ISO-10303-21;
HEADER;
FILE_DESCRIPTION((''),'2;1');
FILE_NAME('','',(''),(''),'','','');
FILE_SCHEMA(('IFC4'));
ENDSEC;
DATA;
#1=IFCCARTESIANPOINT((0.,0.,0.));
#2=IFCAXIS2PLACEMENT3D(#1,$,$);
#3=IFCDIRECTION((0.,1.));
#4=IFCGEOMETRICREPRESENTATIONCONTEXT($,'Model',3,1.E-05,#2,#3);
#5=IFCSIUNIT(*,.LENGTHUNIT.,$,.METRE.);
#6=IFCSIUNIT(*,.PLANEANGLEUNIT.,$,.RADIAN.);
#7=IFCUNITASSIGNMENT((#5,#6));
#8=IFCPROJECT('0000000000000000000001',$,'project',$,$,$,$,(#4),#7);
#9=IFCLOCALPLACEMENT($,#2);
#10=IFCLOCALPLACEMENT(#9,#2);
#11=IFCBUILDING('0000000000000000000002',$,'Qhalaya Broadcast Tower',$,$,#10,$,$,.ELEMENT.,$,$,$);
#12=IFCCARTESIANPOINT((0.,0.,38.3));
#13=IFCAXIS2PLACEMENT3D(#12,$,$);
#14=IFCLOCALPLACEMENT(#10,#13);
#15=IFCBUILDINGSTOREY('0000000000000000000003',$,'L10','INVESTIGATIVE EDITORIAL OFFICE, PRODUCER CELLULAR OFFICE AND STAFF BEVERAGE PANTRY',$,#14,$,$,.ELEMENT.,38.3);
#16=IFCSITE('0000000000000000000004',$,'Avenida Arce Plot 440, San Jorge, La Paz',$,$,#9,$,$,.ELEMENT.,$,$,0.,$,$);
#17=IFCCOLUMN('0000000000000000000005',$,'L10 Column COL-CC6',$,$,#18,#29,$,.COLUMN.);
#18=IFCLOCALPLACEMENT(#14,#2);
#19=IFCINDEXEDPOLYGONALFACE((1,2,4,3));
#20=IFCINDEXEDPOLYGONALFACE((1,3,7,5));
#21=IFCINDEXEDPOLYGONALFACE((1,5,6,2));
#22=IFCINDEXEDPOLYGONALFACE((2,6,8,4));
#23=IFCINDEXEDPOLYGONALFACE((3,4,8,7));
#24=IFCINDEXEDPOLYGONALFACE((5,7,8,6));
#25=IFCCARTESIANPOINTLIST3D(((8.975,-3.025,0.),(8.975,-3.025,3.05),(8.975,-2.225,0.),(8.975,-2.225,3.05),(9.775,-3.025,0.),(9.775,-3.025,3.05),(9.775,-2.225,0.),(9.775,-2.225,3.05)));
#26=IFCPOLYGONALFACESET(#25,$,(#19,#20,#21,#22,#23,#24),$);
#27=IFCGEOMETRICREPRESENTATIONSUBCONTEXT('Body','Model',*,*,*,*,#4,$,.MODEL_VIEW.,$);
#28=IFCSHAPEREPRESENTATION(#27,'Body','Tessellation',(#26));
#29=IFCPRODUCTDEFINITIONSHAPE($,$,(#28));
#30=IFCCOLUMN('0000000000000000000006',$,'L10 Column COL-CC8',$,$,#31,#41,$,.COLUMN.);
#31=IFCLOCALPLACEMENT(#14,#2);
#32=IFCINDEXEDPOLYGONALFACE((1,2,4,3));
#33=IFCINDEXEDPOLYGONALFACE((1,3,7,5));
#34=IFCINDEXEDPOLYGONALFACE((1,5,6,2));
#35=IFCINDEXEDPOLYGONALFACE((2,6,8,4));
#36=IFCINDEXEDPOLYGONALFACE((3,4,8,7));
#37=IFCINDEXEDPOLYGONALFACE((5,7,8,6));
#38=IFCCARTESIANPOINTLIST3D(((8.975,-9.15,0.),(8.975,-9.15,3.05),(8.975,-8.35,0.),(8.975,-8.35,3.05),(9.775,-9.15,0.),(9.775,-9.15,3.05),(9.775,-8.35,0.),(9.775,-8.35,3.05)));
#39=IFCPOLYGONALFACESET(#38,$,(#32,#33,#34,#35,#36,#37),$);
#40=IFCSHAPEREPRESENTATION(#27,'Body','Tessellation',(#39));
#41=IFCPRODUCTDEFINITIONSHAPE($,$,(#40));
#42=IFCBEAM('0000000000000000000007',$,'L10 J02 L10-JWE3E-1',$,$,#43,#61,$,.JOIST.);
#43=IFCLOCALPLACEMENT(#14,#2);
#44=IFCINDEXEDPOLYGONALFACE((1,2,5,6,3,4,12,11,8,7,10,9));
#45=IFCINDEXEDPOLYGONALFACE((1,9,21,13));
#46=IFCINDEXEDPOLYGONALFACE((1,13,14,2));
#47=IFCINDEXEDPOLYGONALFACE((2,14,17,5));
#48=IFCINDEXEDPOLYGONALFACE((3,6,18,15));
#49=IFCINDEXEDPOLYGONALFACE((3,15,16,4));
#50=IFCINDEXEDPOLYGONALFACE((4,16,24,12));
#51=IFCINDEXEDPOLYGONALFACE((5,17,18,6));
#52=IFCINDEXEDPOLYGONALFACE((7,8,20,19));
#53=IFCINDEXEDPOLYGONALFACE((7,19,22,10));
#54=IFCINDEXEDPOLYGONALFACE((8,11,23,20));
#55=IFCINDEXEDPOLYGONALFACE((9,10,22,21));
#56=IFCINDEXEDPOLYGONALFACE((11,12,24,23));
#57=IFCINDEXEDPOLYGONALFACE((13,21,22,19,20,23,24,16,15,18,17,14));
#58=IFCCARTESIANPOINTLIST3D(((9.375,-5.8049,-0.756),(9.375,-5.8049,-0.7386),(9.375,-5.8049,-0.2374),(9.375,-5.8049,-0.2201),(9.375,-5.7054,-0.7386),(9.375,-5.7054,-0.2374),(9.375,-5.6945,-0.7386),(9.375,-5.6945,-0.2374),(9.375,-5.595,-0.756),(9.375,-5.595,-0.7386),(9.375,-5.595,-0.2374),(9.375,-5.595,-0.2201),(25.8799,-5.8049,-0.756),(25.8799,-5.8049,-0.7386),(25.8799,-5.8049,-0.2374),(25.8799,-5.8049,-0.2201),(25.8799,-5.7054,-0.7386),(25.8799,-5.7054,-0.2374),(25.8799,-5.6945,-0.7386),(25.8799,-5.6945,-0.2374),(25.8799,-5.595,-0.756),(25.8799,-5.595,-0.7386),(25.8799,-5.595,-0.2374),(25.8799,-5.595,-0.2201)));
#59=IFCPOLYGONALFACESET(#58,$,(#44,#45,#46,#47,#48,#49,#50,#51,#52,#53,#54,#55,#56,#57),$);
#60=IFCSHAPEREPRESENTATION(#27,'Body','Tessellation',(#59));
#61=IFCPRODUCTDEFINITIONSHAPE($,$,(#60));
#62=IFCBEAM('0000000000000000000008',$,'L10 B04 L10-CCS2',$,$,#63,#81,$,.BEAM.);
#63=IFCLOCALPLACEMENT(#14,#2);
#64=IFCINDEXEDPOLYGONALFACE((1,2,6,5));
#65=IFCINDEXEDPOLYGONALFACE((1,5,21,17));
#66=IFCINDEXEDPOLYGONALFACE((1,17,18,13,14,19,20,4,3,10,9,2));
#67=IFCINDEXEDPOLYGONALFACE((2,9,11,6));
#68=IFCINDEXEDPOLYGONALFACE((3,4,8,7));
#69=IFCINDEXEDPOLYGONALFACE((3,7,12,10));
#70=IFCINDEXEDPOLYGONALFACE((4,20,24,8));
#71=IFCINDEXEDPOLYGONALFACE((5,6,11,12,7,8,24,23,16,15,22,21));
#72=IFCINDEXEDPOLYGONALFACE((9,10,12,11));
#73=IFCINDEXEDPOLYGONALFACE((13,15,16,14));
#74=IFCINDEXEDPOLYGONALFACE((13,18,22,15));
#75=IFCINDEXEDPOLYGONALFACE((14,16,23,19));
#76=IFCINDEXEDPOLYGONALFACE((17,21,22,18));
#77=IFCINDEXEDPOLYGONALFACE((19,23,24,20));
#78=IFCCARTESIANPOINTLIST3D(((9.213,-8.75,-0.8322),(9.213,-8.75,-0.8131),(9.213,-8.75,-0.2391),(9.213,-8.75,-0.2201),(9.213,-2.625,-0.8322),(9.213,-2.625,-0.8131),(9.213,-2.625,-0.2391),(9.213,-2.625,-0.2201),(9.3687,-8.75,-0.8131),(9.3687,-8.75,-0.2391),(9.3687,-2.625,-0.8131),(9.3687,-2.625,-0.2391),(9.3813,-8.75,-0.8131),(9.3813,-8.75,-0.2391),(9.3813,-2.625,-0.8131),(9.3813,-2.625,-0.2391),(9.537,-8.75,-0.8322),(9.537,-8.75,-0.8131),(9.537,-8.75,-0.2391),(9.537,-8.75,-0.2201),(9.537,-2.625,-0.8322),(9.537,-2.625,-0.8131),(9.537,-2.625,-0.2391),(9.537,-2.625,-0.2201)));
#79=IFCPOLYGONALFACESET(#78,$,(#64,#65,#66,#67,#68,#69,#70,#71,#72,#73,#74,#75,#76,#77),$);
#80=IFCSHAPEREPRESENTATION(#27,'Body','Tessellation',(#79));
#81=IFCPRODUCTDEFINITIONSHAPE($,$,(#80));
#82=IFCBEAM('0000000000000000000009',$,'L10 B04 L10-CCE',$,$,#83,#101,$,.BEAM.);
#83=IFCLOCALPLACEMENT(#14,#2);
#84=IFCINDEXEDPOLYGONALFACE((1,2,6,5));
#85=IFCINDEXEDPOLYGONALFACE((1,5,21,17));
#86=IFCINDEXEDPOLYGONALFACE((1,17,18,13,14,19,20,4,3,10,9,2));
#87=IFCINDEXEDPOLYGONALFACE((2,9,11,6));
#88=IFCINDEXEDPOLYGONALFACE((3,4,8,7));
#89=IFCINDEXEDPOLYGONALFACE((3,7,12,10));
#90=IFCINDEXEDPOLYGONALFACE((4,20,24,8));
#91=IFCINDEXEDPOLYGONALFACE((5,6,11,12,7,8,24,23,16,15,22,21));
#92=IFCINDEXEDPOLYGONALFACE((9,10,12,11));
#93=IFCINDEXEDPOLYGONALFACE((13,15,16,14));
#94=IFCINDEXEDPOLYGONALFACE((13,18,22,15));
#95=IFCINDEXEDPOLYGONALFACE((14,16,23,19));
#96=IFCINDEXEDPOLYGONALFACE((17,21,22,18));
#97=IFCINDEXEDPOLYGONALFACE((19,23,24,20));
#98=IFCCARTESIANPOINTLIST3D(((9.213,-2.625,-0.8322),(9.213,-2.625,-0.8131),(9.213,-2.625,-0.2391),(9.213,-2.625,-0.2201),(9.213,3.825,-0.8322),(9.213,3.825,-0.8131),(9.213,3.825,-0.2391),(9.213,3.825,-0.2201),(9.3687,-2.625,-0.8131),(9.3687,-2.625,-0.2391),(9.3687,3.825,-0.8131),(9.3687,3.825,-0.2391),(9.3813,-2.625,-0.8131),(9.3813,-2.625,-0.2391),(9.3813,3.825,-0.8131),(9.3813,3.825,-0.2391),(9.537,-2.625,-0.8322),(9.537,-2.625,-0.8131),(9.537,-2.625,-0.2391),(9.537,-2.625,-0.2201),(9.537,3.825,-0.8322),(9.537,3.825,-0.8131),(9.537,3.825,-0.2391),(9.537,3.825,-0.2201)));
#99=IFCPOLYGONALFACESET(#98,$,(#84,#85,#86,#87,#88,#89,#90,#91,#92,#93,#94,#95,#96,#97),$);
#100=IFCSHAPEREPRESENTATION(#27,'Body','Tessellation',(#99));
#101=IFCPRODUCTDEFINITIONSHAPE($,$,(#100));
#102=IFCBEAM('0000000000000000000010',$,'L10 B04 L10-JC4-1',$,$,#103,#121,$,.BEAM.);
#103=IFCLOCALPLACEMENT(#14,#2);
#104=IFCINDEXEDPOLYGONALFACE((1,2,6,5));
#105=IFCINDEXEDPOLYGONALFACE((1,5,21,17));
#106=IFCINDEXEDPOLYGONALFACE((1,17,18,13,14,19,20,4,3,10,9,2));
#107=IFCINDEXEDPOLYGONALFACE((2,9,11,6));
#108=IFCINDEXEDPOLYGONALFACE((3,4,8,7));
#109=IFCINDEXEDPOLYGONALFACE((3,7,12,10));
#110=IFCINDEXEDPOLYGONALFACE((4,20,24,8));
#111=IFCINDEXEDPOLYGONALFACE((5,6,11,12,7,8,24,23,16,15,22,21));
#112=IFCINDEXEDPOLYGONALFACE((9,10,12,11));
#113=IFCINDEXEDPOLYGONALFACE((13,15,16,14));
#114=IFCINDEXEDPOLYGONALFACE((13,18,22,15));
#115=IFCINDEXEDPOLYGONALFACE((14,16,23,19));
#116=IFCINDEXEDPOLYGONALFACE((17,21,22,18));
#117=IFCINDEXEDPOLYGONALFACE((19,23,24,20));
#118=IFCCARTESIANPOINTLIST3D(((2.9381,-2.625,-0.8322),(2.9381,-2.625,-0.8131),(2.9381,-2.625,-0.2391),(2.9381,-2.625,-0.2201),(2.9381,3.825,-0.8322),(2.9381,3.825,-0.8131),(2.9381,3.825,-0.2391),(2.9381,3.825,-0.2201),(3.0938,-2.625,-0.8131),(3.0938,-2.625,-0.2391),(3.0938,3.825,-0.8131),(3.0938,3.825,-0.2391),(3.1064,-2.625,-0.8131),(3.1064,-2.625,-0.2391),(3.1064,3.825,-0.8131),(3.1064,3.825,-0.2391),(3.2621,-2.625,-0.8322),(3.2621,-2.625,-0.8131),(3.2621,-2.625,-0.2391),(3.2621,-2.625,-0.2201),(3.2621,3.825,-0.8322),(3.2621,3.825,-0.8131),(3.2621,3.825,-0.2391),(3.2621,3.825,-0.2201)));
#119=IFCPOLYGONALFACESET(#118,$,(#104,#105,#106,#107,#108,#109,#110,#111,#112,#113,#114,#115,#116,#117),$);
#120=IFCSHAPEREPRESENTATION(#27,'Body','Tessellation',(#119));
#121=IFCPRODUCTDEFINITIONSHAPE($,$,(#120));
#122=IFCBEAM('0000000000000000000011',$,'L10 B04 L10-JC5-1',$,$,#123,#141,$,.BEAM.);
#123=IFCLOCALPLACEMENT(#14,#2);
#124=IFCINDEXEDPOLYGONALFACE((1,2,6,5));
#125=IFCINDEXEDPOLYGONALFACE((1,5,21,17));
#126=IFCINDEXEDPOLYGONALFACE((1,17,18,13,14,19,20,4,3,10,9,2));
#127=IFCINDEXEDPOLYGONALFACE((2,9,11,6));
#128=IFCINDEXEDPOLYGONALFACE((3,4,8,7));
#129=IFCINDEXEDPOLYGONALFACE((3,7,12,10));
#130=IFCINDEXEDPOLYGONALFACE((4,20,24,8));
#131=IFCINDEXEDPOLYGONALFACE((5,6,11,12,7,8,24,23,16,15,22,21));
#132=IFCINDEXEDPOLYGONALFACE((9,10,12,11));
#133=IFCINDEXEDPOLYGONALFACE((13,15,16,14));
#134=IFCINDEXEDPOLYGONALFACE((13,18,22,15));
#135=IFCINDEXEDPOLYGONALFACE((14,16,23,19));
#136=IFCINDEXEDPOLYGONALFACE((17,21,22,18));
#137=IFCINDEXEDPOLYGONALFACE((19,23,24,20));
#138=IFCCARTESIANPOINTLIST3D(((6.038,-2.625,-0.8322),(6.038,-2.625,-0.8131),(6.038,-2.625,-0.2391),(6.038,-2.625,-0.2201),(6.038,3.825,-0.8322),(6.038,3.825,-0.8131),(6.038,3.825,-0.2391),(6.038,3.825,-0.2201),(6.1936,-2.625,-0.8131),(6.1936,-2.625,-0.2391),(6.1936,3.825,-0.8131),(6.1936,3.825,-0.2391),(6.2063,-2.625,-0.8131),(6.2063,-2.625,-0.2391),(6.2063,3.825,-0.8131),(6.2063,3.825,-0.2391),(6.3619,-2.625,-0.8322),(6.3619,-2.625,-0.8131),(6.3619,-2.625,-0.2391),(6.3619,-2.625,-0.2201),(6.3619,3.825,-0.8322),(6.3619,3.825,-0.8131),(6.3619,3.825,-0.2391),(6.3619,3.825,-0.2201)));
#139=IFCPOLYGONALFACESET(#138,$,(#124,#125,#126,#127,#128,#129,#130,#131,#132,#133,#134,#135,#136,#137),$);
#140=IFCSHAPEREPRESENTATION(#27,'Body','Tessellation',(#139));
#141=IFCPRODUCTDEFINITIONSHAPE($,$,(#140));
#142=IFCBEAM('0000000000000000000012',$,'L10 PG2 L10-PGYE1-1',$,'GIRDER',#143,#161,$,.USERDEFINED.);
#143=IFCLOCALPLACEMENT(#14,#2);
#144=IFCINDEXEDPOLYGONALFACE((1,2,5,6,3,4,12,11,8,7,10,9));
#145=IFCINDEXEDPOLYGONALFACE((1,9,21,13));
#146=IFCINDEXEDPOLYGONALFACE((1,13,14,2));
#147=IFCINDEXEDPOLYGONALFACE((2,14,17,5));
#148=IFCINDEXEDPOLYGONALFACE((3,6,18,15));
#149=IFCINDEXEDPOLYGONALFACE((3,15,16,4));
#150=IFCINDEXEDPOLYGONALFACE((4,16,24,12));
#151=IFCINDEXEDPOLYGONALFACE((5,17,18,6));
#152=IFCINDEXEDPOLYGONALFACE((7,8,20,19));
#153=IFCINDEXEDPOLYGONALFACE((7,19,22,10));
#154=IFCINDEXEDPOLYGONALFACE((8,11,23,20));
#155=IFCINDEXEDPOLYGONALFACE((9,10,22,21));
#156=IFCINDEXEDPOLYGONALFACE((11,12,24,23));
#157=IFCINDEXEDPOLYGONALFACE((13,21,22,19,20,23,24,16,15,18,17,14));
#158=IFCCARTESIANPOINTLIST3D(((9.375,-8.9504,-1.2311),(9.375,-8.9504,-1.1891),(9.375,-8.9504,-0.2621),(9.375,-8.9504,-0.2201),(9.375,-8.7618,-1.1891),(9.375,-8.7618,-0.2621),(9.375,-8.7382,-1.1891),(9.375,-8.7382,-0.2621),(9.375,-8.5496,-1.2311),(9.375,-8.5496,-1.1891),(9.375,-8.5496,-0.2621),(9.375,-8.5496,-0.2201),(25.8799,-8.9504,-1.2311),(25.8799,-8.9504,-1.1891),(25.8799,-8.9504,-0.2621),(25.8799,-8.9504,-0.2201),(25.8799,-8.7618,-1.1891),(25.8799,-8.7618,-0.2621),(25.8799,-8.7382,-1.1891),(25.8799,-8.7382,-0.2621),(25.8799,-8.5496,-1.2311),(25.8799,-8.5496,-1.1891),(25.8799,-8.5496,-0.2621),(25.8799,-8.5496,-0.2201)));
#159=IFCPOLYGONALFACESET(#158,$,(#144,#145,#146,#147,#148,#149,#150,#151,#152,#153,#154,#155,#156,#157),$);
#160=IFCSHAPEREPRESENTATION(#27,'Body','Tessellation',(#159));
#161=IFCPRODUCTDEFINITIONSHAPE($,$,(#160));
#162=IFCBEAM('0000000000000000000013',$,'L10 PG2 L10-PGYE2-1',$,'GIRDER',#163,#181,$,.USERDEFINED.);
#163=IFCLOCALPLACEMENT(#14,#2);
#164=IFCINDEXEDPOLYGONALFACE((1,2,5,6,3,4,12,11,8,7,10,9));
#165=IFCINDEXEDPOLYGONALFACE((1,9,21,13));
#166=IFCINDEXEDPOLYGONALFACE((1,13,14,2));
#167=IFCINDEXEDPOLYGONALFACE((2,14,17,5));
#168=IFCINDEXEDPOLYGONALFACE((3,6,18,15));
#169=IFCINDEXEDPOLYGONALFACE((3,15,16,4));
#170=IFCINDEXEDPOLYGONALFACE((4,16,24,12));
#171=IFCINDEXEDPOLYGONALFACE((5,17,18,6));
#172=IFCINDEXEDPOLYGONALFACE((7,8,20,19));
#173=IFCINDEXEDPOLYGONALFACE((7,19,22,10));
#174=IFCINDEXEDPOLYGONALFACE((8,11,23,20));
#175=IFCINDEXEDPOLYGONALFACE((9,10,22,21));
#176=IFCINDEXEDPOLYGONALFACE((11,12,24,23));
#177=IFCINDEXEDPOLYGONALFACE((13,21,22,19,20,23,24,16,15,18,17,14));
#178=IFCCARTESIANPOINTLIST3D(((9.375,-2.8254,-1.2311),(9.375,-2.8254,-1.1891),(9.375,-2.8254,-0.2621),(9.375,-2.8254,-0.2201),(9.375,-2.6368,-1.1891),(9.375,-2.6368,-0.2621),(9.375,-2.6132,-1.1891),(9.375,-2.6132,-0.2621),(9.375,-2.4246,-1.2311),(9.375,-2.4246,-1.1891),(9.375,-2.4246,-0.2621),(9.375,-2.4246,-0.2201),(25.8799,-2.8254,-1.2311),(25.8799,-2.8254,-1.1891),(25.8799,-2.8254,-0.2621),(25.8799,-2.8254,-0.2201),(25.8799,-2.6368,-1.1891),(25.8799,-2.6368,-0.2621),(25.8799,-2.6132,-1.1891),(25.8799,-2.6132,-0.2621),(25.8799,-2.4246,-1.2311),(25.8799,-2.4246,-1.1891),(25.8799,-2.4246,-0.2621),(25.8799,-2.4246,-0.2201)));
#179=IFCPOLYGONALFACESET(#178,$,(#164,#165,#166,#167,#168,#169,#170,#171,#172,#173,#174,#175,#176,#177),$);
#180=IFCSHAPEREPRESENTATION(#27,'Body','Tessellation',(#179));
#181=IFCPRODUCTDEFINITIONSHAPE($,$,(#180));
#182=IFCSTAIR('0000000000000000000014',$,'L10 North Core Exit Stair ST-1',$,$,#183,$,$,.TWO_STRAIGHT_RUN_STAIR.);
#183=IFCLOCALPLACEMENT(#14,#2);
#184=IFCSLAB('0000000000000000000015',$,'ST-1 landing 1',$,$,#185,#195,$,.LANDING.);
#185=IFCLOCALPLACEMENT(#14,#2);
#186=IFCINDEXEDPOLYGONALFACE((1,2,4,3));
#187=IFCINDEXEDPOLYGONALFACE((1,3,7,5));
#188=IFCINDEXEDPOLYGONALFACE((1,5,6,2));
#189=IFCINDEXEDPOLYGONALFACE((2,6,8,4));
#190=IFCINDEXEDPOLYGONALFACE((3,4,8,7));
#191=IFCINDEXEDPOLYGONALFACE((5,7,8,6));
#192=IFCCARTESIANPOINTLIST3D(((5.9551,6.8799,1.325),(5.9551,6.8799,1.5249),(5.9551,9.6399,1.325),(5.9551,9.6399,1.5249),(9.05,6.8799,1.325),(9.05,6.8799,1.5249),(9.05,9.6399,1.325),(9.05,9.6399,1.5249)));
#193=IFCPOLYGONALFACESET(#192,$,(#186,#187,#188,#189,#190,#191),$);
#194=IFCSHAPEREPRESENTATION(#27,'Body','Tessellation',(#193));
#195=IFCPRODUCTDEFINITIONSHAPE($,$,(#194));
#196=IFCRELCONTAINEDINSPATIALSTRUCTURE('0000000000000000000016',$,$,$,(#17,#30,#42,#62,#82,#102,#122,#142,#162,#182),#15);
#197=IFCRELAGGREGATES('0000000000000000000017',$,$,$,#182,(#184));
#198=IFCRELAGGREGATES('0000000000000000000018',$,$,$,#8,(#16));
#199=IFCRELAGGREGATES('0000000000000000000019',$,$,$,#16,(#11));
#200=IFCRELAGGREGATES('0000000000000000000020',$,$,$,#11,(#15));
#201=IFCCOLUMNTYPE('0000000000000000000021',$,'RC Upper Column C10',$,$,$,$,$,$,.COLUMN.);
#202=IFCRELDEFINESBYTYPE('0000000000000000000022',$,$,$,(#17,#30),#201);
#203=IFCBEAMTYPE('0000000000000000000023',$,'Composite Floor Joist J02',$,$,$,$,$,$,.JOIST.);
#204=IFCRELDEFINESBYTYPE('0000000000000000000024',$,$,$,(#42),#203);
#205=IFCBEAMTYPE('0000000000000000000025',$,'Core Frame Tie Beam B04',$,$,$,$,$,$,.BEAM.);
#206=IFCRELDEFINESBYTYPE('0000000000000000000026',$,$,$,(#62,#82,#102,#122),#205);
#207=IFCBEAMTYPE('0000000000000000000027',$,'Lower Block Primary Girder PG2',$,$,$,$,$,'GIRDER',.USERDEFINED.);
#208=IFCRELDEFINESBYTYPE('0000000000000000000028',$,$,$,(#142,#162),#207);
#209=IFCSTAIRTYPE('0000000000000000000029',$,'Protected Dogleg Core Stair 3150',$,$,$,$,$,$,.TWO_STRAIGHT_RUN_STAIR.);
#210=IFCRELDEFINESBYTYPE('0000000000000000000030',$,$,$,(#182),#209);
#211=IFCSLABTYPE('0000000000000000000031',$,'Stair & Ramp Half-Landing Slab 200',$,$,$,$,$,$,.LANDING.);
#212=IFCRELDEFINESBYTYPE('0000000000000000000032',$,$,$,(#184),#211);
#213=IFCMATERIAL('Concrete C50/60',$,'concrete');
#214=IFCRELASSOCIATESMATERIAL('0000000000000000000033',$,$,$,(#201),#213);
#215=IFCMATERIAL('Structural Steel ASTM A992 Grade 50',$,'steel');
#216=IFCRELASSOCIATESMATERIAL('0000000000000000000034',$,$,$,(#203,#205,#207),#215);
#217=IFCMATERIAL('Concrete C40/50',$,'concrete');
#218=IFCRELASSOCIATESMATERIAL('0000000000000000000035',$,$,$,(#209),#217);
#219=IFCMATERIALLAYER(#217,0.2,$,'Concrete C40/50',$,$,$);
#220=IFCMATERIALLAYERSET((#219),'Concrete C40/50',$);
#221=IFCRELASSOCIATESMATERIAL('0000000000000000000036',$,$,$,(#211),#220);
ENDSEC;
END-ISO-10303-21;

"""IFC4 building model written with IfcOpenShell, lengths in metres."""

from ifc_helpers import new_model, si_unit, direction, frame, origin, origin_2d, place, context, subcontext, project, spatial, polyline, rectangle, i_section, outline, extrude, material, layer, layer_set, material_profile, profile_set, type_object, element, aggregate, save


model = new_model("IFC4")

# Units and contexts
model_context = context("Model", 3, precision=1e-05, world=origin(), true_north=direction((0.0, 1.0)))
body_context = subcontext(model_context, "Body", "Model", "MODEL_VIEW")
ifc_project = project(units=[si_unit("LENGTHUNIT", "METRE"), si_unit("PLANEANGLEUNIT", "RADIAN")], contexts=[model_context])

# Site, building, storey
site_placement = place(None, origin())
site = spatial("IfcSite", under=ifc_project, at=site_placement, Name="Avenida Arce Plot 440, San Jorge, La Paz", CompositionType="ELEMENT", RefElevation=0.0)
building_placement = place(site_placement, origin())
building = spatial("IfcBuilding", under=site, at=building_placement, Name="Qhalaya Broadcast Tower", CompositionType="ELEMENT")
storey_placement = place(building_placement, frame((0.0, 0.0, 38.3)))
storey = spatial("IfcBuildingStorey", under=building, at=storey_placement, Name="L10", Description="INVESTIGATIVE EDITORIAL OFFICE, PRODUCER CELLULAR OFFICE AND STAFF BEVERAGE PANTRY", CompositionType="ELEMENT", Elevation=38.3)

# Columns
ifc_material_1 = material(Name="Concrete C50/60", Category="concrete")
ifc_material_profile_1 = material_profile(ifc_material_1, rectangle(XDim=0.8, YDim=0.8, at=origin_2d()), Name="RC-COL 800x800")
ifc_profile_set_1 = profile_set([ifc_material_profile_1], Name="Concrete C50/60")
column_type = type_object("IfcColumnType", Name="RC Upper Column C10", PredefinedType="COLUMN", material=ifc_profile_set_1)
for number, where, z_axis, x_axis, name in (
    (1, (9.375, -2.625, 0.0), (0.0, 0.0, 1.0), (1.0, 0.0, 0.0), "L10 Column COL-CC6"),
    (2, (9.375, -8.75, 0.0), (0.0, 0.0, 1.0), (1.0, 0.0, 0.0), "L10 Column COL-CC8"),
):
    element("IfcColumn", number, at=place(storey_placement, frame(where, z_axis=z_axis, x_axis=x_axis)), inside=storey, type_object=column_type, Name=name, PredefinedType="COLUMN", context=body_context, shape_type="SweptSolid", body=[
        extrude(rectangle(XDim=0.8, YDim=0.8, at=origin_2d()), origin(), (0.0, 0.0, 1.0), 3.05),
    ])

# Beams
ifc_material_2 = material(Name="Structural Steel ASTM A992 Grade 50", Category="steel")
ifc_material_profile_2 = material_profile(ifc_material_2, i_section(OverallWidth=0.21, OverallDepth=0.5359, WebThickness=0.011, FlangeThickness=0.0173, at=origin_2d()), Name="W21X68")
ifc_profile_set_2 = profile_set([ifc_material_profile_2], Name="Structural Steel ASTM A992 Grade 50")
beam_type_1 = type_object("IfcBeamType", Name="Composite Floor Joist J02", PredefinedType="JOIST", material=ifc_profile_set_2)
beam_1_placement = place(storey_placement, frame((9.375, -5.7, -0.488), z_axis=(1.0, 0.0, 0.0), x_axis=(0.0, 1.0, 0.0)))
element("IfcBeam", 3, at=beam_1_placement, inside=storey, type_object=beam_type_1, Name="L10 J02 L10-JWE3E-1", PredefinedType="JOIST", context=body_context, shape_type="SweptSolid", body=[
    extrude(i_section(OverallWidth=0.21, OverallDepth=0.5359, WebThickness=0.011, FlangeThickness=0.0173, at=origin_2d()), origin(), (0.0, 0.0, 1.0), 16.5049),
])
ifc_material_profile_3 = material_profile(ifc_material_2, i_section(OverallWidth=0.324, OverallDepth=0.6121, WebThickness=0.0127, FlangeThickness=0.019, at=origin_2d()), Name="W24X104")
ifc_profile_set_3 = profile_set([ifc_material_profile_3], Name="Structural Steel ASTM A992 Grade 50")
beam_type_2 = type_object("IfcBeamType", Name="Core Frame Tie Beam B04", PredefinedType="BEAM", material=ifc_profile_set_3)
beam_2_placement = place(storey_placement, frame((9.375, -8.75, -0.5261), z_axis=(0.0, 1.0, 0.0), x_axis=(-1.0, 0.0, 0.0)))
element("IfcBeam", 4, at=beam_2_placement, inside=storey, type_object=beam_type_2, Name="L10 B04 L10-CCS2", PredefinedType="BEAM", context=body_context, shape_type="SweptSolid", body=[
    extrude(i_section(OverallWidth=0.324, OverallDepth=0.6121, WebThickness=0.0127, FlangeThickness=0.019, at=origin_2d()), origin(), (0.0, 0.0, 1.0), 6.125),
])
for number, where, z_axis, x_axis, name in (
    (5, (9.375, -2.625, -0.5261), (0.0, 1.0, 0.0), (-1.0, 0.0, 0.0), "L10 B04 L10-CCE"),
    (6, (3.1001, -2.625, -0.5261), (0.0, 1.0, 0.0), (-1.0, 0.0, 0.0), "L10 B04 L10-JC4-1"),
    (7, (6.2, -2.625, -0.5261), (0.0, 1.0, 0.0), (-1.0, 0.0, 0.0), "L10 B04 L10-JC5-1"),
):
    element("IfcBeam", number, at=place(storey_placement, frame(where, z_axis=z_axis, x_axis=x_axis)), inside=storey, type_object=beam_type_2, Name=name, PredefinedType="BEAM", context=body_context, shape_type="SweptSolid", body=[
        extrude(i_section(OverallWidth=0.324, OverallDepth=0.6121, WebThickness=0.0127, FlangeThickness=0.019, at=origin_2d()), origin(), (0.0, 0.0, 1.0), 6.45),
    ])
ifc_material_profile_4 = material_profile(ifc_material_2, i_section(OverallWidth=0.4009, OverallDepth=1.011, WebThickness=0.0237, FlangeThickness=0.042, at=origin_2d()), Name="W40X297")
ifc_profile_set_4 = profile_set([ifc_material_profile_4], Name="Structural Steel ASTM A992 Grade 50")
beam_type_3 = type_object("IfcBeamType", Name="Lower Block Primary Girder PG2", ElementType="GIRDER", PredefinedType="USERDEFINED", material=ifc_profile_set_4)
for number, where, z_axis, x_axis, name in (
    (8, (9.375, -8.75, -0.7256), (1.0, 0.0, 0.0), (0.0, 1.0, 0.0), "L10 PG2 L10-PGYE1-1"),
    (9, (9.375, -2.625, -0.7256), (1.0, 0.0, 0.0), (0.0, 1.0, 0.0), "L10 PG2 L10-PGYE2-1"),
):
    element("IfcBeam", number, at=place(storey_placement, frame(where, z_axis=z_axis, x_axis=x_axis)), inside=storey, type_object=beam_type_3, Name=name, ObjectType="GIRDER", PredefinedType="USERDEFINED", context=body_context, shape_type="SweptSolid", body=[
        extrude(i_section(OverallWidth=0.4009, OverallDepth=1.011, WebThickness=0.0237, FlangeThickness=0.042, at=origin_2d()), origin(), (0.0, 0.0, 1.0), 16.5049),
    ])

# Stair, slab
ifc_material_3 = material(Name="Concrete C40/50", Category="concrete")
stair_type = type_object("IfcStairType", Name="Protected Dogleg Core Stair 3150", PredefinedType="TWO_STRAIGHT_RUN_STAIR", material=ifc_material_3)
stair_1_placement = place(storey_placement, origin())
stair_1 = element("IfcStair", 10, at=stair_1_placement, inside=storey, type_object=stair_type, Name="L10 North Core Exit Stair ST-1", PredefinedType="TWO_STRAIGHT_RUN_STAIR")
ifc_layer_1 = layer(ifc_material_3, 0.2, Name="Concrete C40/50")
ifc_layer_set_1 = layer_set([ifc_layer_1], Name="Concrete C40/50")
slab_type_1 = type_object("IfcSlabType", Name="Stair & Ramp Half-Landing Slab 200", PredefinedType="LANDING", material=ifc_layer_set_1)
slab_1_placement = place(storey_placement, frame((0.0, 0.0, 1.325)))
slab_1 = element("IfcSlab", 11, at=slab_1_placement, type_object=slab_type_1, Name="ST-1 landing 1", PredefinedType="LANDING", context=body_context, shape_type="SweptSolid", body=[
    extrude(outline(polyline([(5.9551, 6.8799), (9.05, 6.8799), (9.05, 9.6399), (5.9551, 9.6399), (5.9551, 6.8799)])), origin(), (0.0, 0.0, 1.0), 0.2),
])
aggregate(stair_1, [slab_1])

save(model, "model.ifc")
